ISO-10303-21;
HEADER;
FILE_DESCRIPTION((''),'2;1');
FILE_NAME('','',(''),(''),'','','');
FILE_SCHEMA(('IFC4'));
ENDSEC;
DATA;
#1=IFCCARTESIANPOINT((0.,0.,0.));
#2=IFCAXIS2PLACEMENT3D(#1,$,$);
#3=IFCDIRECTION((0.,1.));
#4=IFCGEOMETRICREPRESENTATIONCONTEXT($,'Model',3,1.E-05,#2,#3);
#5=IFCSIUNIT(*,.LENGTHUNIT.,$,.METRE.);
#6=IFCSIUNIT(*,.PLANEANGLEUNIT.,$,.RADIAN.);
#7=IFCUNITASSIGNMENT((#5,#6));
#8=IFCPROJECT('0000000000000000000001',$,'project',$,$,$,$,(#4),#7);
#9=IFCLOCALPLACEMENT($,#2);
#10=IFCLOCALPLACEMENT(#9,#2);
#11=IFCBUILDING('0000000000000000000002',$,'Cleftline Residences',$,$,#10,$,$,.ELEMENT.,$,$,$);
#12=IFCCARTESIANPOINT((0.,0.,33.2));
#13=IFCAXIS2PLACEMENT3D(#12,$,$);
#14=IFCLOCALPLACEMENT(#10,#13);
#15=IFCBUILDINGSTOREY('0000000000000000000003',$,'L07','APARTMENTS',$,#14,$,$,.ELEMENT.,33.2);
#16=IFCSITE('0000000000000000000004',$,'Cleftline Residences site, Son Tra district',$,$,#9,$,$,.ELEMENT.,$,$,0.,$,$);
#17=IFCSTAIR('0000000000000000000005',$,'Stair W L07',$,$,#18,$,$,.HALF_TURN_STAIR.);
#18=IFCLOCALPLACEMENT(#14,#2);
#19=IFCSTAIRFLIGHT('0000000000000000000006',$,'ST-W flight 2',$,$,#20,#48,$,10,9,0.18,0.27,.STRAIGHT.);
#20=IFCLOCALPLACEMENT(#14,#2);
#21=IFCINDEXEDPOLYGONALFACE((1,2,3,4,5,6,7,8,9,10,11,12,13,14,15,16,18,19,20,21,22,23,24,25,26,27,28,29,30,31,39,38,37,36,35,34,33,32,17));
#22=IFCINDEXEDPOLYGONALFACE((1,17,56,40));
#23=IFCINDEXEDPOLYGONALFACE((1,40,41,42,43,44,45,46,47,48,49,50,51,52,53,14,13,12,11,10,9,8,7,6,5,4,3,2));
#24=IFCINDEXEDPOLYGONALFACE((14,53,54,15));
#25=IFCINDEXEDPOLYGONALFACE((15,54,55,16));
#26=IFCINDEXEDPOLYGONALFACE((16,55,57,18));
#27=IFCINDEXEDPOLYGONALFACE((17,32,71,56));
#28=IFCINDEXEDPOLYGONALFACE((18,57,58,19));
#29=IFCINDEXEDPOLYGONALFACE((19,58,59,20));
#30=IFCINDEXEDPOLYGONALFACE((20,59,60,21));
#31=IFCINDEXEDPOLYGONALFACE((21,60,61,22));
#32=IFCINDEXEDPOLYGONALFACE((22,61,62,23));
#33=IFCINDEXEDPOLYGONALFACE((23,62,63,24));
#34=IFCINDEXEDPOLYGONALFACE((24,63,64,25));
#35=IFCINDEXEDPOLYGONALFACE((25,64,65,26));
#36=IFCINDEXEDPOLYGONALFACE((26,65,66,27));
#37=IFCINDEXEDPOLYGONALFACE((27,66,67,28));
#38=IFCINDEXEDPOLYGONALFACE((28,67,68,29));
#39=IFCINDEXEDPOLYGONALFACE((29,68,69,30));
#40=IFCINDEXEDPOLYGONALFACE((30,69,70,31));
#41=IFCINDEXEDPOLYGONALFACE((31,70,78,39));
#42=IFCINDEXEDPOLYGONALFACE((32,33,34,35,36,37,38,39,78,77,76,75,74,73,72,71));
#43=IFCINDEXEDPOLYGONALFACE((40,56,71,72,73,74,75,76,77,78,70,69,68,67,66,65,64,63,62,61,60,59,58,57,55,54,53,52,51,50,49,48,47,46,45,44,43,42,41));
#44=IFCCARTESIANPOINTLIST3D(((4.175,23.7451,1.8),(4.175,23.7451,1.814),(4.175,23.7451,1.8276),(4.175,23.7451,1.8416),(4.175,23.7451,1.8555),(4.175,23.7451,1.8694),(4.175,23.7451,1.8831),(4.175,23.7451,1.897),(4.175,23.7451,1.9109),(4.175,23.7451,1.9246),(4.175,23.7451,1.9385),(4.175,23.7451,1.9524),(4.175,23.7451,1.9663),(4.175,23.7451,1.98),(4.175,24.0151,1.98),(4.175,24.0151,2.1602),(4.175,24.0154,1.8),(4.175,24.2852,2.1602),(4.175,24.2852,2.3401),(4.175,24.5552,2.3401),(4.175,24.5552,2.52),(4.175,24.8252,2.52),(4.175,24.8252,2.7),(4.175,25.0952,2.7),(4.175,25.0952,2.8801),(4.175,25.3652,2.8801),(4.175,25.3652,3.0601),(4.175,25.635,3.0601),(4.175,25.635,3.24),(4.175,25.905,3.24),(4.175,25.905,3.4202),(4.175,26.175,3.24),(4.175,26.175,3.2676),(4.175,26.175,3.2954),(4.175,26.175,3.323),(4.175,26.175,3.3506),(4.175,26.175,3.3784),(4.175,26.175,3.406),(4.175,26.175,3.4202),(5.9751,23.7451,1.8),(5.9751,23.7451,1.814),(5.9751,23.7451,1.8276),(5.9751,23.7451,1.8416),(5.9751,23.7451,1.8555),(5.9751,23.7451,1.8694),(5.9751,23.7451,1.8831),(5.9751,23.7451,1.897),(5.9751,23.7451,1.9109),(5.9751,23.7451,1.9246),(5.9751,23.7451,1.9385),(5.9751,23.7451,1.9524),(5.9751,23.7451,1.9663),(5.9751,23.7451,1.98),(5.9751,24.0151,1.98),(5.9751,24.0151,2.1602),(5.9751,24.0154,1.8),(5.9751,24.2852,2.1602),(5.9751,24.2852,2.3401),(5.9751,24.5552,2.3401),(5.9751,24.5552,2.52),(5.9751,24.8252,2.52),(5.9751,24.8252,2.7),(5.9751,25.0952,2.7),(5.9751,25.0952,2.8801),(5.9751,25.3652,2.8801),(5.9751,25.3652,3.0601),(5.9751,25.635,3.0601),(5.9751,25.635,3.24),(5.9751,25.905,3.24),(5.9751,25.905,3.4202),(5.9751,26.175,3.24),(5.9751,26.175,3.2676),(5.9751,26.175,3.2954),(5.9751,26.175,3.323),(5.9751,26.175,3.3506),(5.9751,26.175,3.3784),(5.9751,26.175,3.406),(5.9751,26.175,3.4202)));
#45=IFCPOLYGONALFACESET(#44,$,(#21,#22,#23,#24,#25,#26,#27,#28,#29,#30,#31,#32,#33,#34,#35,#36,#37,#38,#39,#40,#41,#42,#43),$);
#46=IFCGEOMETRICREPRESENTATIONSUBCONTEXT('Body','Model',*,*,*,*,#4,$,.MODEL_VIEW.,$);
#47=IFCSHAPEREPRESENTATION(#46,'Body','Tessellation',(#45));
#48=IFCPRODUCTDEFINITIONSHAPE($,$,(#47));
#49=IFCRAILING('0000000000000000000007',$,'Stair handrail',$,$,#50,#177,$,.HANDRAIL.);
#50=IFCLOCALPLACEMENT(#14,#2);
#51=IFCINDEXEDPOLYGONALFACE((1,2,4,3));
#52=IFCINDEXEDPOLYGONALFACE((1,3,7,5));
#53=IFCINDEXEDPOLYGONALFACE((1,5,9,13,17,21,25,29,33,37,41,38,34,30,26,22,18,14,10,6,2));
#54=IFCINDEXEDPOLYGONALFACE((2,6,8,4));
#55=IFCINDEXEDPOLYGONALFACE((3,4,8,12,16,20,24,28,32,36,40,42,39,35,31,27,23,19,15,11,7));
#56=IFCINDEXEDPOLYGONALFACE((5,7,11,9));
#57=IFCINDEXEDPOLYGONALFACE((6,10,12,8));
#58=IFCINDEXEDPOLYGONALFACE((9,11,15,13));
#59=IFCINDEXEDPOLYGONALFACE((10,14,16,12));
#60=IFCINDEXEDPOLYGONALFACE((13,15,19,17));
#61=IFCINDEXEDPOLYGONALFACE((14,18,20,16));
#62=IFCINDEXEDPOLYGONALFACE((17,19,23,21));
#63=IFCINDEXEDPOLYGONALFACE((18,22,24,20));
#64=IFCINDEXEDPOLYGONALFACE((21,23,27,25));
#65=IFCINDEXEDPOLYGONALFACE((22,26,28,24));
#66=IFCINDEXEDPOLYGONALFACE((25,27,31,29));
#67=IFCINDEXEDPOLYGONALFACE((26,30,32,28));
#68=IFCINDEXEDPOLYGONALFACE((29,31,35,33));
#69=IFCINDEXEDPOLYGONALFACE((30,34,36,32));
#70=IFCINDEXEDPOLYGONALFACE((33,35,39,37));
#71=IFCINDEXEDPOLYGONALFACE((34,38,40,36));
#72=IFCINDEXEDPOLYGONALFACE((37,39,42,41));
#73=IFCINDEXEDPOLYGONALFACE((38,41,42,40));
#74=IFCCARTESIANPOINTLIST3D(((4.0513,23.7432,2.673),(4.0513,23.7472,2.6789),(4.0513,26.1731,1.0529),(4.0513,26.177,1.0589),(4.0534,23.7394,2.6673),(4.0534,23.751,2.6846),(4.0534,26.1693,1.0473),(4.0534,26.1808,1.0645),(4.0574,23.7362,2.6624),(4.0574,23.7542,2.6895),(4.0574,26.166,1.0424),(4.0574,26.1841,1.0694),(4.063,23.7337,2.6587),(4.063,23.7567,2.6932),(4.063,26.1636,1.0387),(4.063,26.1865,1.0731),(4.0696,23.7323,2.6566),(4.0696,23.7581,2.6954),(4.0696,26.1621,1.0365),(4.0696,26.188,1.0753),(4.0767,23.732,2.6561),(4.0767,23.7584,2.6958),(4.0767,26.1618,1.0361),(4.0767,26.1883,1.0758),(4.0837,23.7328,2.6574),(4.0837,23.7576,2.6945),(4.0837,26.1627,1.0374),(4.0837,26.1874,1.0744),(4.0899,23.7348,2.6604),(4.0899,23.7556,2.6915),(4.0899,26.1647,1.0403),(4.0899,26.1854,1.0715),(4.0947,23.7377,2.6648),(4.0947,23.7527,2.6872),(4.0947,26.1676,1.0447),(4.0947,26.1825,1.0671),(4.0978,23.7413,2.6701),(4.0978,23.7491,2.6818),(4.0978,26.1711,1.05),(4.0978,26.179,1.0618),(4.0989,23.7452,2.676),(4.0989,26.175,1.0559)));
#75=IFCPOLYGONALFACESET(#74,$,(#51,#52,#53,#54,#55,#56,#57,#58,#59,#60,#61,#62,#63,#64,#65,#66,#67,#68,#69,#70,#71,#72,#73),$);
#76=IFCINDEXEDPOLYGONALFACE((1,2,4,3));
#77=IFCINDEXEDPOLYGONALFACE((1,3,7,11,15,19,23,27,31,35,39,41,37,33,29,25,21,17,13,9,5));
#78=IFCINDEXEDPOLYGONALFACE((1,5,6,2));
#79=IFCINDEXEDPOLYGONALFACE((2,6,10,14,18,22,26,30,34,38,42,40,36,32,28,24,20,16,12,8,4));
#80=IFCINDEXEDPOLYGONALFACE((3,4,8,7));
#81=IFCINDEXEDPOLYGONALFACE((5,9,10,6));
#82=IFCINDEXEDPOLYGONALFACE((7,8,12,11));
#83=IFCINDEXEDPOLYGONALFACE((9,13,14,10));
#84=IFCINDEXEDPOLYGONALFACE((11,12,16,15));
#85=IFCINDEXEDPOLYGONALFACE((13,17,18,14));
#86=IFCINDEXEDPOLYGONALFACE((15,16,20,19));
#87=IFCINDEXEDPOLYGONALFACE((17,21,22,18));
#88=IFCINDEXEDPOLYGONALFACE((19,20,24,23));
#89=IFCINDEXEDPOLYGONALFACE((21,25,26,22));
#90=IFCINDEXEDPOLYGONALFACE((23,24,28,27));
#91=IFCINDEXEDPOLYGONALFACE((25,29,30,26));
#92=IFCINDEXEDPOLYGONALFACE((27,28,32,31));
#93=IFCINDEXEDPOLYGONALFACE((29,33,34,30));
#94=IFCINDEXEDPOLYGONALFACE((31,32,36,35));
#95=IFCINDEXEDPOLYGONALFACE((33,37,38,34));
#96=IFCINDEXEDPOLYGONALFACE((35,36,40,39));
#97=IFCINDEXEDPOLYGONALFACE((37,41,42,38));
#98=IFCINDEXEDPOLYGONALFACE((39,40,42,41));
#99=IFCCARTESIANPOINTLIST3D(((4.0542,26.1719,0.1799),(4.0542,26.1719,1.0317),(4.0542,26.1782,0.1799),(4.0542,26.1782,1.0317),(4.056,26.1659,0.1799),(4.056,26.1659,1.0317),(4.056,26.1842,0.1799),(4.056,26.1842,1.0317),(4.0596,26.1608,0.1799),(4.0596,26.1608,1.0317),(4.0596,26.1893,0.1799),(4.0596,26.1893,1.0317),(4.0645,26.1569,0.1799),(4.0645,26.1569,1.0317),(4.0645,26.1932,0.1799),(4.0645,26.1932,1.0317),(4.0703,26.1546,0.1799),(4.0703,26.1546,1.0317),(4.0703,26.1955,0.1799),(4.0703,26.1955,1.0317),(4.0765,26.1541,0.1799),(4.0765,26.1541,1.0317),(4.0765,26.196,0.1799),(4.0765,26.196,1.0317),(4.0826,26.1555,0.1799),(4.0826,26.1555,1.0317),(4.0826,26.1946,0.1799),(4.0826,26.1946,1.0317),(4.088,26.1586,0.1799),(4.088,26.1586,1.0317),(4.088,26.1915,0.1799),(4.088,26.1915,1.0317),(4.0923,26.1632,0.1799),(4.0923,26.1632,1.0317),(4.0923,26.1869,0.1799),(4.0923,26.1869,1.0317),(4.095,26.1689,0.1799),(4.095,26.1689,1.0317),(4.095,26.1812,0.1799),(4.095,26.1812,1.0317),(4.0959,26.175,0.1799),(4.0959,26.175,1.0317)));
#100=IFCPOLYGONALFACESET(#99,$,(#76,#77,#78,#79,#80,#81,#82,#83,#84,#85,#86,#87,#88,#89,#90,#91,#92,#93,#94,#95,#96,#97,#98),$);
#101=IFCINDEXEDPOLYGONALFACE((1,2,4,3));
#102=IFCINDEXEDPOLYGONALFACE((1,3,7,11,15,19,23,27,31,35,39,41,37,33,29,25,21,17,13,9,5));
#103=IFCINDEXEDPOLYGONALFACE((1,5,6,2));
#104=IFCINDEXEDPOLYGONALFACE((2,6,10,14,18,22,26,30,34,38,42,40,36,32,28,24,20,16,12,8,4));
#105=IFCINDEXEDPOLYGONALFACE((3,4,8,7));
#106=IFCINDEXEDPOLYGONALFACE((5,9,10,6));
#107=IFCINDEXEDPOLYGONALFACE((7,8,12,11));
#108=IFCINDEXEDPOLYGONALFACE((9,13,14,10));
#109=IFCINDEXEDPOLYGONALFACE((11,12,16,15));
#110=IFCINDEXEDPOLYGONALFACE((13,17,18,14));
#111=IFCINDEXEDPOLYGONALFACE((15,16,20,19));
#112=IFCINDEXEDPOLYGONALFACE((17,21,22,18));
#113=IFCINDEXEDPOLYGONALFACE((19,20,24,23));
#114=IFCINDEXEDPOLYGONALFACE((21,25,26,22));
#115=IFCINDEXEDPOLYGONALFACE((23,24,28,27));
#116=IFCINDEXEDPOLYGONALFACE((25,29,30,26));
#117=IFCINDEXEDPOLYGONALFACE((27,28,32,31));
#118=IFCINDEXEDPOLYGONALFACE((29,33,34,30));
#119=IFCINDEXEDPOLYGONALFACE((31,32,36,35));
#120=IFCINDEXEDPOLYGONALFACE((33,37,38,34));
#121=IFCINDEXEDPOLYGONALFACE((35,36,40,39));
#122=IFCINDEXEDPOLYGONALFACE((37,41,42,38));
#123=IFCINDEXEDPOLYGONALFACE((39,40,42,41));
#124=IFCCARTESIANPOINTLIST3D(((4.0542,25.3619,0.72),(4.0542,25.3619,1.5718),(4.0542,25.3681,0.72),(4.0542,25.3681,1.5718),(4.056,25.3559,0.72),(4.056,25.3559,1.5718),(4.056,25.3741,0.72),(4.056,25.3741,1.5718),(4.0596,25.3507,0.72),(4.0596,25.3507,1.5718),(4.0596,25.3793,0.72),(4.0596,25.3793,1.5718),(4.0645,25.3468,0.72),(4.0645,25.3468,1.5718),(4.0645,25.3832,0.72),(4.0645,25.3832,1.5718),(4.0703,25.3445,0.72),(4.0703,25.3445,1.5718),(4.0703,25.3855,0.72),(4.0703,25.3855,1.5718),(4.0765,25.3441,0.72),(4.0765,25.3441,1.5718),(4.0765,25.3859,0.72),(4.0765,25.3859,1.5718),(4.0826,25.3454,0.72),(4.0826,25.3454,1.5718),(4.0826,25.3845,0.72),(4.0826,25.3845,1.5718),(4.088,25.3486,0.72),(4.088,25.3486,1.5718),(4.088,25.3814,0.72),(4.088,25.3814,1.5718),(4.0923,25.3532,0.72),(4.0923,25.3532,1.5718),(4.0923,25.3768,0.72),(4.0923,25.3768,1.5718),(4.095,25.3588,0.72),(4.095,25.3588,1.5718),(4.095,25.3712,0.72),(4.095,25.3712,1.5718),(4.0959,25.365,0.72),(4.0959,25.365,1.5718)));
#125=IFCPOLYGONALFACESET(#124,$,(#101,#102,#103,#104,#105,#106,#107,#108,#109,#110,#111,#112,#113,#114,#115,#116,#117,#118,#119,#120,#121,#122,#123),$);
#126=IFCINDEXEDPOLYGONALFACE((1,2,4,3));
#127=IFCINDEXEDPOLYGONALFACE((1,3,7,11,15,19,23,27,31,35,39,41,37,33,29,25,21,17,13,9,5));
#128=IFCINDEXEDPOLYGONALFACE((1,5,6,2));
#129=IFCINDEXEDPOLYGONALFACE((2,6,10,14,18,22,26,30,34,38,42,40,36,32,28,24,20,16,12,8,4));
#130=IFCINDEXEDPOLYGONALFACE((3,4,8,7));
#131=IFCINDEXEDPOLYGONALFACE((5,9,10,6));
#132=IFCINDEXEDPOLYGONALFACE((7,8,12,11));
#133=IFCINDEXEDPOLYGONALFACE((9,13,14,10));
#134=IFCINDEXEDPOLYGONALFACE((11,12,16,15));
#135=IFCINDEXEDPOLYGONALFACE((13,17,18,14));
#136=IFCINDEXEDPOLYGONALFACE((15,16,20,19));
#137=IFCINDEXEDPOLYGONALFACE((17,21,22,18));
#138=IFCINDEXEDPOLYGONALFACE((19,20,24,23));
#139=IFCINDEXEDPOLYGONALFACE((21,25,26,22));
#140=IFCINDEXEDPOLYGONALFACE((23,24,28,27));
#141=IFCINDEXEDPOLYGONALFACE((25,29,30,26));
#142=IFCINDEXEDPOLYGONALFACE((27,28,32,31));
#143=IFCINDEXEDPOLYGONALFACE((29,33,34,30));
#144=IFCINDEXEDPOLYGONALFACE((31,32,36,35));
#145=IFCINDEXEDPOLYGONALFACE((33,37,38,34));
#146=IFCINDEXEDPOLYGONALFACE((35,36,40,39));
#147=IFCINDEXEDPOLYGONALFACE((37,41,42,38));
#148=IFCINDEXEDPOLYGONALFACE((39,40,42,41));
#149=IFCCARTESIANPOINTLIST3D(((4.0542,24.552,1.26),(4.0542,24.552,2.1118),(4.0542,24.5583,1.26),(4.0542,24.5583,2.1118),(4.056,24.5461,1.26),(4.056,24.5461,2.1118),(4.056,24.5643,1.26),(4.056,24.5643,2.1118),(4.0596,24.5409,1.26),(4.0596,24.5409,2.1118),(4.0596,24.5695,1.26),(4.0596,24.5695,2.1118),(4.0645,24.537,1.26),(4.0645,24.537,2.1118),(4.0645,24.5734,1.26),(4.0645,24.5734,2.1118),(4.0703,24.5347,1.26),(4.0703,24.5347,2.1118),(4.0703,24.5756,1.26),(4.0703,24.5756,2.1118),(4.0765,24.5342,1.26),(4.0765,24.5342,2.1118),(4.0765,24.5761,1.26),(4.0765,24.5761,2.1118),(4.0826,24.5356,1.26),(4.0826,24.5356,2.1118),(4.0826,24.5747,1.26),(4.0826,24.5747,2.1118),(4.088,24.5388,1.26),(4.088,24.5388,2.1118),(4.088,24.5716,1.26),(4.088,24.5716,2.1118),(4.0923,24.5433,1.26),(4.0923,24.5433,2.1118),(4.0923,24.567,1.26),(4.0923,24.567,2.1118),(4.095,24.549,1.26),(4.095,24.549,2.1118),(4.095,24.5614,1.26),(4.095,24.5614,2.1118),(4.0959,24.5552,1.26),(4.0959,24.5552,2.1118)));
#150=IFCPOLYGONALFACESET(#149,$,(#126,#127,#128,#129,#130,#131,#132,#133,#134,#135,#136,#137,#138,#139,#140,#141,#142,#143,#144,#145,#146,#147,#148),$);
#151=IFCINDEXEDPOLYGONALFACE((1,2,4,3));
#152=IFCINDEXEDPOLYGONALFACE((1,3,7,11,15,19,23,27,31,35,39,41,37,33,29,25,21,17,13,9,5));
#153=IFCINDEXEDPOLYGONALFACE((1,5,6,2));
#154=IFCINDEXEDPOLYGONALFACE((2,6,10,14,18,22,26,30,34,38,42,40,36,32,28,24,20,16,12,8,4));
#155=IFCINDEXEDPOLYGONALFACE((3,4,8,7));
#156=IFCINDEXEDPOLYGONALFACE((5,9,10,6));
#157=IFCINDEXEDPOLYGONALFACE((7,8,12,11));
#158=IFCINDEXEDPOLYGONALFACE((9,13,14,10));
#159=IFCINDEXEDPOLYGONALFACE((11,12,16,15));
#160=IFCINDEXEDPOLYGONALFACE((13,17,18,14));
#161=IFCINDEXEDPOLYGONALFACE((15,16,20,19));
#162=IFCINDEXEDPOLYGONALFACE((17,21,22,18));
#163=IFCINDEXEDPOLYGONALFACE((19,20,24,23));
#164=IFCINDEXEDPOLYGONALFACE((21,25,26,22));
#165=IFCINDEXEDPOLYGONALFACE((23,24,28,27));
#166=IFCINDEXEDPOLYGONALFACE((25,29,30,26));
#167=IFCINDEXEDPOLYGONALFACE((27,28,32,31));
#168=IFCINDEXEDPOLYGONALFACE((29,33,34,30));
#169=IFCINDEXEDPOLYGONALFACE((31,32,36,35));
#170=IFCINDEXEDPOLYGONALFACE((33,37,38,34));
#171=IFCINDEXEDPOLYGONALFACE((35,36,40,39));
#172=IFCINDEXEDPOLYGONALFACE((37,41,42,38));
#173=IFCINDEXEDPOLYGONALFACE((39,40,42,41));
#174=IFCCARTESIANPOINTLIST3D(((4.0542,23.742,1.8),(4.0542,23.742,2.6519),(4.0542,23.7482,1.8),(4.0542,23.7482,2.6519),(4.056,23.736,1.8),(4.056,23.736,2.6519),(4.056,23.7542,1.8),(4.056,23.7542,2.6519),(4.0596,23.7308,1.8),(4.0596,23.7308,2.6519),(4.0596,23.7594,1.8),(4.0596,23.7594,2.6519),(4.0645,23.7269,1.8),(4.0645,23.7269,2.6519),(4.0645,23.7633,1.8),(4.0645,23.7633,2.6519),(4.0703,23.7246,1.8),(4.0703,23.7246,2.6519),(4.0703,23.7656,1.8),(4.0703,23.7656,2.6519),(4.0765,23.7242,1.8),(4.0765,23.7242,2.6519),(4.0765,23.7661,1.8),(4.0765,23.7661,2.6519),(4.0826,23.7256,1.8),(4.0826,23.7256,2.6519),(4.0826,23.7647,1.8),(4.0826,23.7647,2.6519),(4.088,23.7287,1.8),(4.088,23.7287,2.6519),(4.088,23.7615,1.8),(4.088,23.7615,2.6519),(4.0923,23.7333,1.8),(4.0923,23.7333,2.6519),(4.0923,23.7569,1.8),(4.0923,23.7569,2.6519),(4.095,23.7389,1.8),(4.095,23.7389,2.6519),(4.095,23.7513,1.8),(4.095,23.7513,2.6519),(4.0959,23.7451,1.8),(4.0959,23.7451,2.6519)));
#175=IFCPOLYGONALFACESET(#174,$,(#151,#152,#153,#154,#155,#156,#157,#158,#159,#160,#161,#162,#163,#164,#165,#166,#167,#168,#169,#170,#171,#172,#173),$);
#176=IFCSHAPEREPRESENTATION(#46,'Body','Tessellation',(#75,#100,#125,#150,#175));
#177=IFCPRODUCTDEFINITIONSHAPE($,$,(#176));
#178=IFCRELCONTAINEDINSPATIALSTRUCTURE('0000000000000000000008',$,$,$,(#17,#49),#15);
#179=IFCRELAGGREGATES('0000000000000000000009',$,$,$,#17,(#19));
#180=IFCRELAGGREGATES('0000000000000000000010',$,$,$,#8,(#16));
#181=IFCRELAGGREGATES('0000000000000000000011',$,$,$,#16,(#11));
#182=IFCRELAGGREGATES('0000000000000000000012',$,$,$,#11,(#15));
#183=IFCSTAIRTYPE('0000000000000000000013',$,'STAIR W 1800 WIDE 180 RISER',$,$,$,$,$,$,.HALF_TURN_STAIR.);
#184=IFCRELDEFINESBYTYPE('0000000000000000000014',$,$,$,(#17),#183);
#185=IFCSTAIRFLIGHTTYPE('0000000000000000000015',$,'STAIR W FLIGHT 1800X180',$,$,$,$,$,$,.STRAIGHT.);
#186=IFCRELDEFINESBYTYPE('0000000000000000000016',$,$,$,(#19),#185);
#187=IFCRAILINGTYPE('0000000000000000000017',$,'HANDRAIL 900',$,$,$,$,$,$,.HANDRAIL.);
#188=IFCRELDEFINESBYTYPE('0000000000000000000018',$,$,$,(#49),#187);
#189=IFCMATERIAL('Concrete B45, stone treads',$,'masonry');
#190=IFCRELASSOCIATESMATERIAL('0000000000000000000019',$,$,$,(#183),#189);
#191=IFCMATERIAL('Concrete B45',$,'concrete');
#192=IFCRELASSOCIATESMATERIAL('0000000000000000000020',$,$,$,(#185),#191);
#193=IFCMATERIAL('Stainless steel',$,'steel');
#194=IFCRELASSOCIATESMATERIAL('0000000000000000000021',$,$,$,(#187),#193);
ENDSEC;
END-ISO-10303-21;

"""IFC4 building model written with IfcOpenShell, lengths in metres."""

from ifc_helpers import new_model, si_unit, direction, frame, origin, origin_2d, place, context, subcontext, project, spatial, polyline, circle, outline, extrude, material, type_object, element, aggregate, save


model = new_model("IFC4")

# Units and contexts
model_context = context("Model", 3, precision=1e-05, world=origin(), true_north=direction((0.0, 1.0)))
body_context = subcontext(model_context, "Body", "Model", "MODEL_VIEW")
ifc_project = project(units=[si_unit("LENGTHUNIT", "METRE"), si_unit("PLANEANGLEUNIT", "RADIAN")], contexts=[model_context])

# Site, building, storey
site_placement = place(None, origin())
site = spatial("IfcSite", under=ifc_project, at=site_placement, Name="Cleftline Residences site, Son Tra district", CompositionType="ELEMENT", RefElevation=0.0)
building_placement = place(site_placement, origin())
building = spatial("IfcBuilding", under=site, at=building_placement, Name="Cleftline Residences", CompositionType="ELEMENT")
storey_placement = place(building_placement, frame((0.0, 0.0, 33.2)))
storey = spatial("IfcBuildingStorey", under=building, at=storey_placement, Name="L07", Description="APARTMENTS", CompositionType="ELEMENT", Elevation=33.2)

# Stair, stair flight
ifc_material_1 = material(Name="Concrete B45, stone treads", Category="masonry")
stair_type = type_object("IfcStairType", Name="STAIR W 1800 WIDE 180 RISER", PredefinedType="HALF_TURN_STAIR", material=ifc_material_1)
stair_placement = place(storey_placement, origin())
stair = element("IfcStair", 1, at=stair_placement, inside=storey, type_object=stair_type, Name="Stair W L07", PredefinedType="HALF_TURN_STAIR")
ifc_material_2 = material(Name="Concrete B45", Category="concrete")
stair_flight_type = type_object("IfcStairFlightType", Name="STAIR W FLIGHT 1800X180", PredefinedType="STRAIGHT", material=ifc_material_2)
stair_flight_1_placement = place(storey_placement, frame((5.075, 23.7451, 1.8), z_axis=(0.0, 0.0, 1.0), x_axis=(0.0, 1.0, 0.0)))
stair_flight_1 = element("IfcStairFlight", 2, at=stair_flight_1_placement, type_object=stair_flight_type, Name="ST-W flight 2", NumberOfRisers=10, NumberOfTreads=9, PredefinedType="STRAIGHT", RiserHeight=0.18, TreadLength=0.27, context=body_context, shape_type="SweptSolid", body=[
    extrude(outline(polyline([(0.0, 0.0), (0.0, 0.0139), (0.0, 0.0276), (0.0, 0.0415), (0.0, 0.0554), (0.0, 0.0693), (0.0, 0.083), (0.0, 0.0969), (0.0, 0.1108), (0.0, 0.1245), (0.0, 0.1384), (0.0, 0.1523), (0.0, 0.1663), (0.0, 0.1799), (0.27, 0.1799), (0.27, 0.3601), (0.54, 0.3601), (0.54, 0.54), (0.8101, 0.54), (0.8101, 0.72), (1.0801, 0.72), (1.0801, 0.8999), (1.3501, 0.8999), (1.3501, 1.0801), (1.6201, 1.0801), (1.6201, 1.26), (1.8899, 1.26), (1.8899, 1.4399), (2.1599, 1.4399), (2.1599, 1.6201), (2.4299, 1.6201), (2.4299, 1.8), (2.4299, 1.7722), (2.4299, 1.7446), (2.4299, 1.7168), (2.4299, 1.6892), (2.4299, 1.6614), (2.4299, 1.6338), (2.4299, 1.606), (2.4299, 1.5784), (2.4299, 1.5505), (2.4299, 1.5229), (2.4299, 1.4954), (2.4299, 1.4675), (2.4299, 1.4399), (0.2703, 0.0), (0.0, 0.0)])), frame((0.0, 0.8999, 0.0), z_axis=(0.0, -1.0, 0.0), x_axis=(1.0, 0.0, 0.0)), (0.0, 0.0, 1.0), 1.8),
])
aggregate(stair, [stair_flight_1])

# Railing
ifc_material_3 = material(Name="Stainless steel", Category="steel")
railing_type = type_object("IfcRailingType", Name="HANDRAIL 900", PredefinedType="HANDRAIL", material=ifc_material_3)
railing_1_placement = place(storey_placement, frame((4.075, 26.175, 0.1799)))
element("IfcRailing", 3, at=railing_1_placement, inside=storey, type_object=railing_type, Name="Stair handrail", PredefinedType="HANDRAIL", context=body_context, shape_type="SweptSolid", body=[
    extrude(circle(Radius=0.0239, at=origin_2d()), frame((0.0, 0.0, 0.876), z_axis=(0.0, -0.832025, 0.554739), x_axis=(1.0, 0.0, 0.0)), (0.0, 0.0, 1.0), 2.9204),
    extrude(circle(Radius=0.021, at=origin_2d()), origin(), (0.0, 0.0, 1.0), 0.8518),
    extrude(circle(Radius=0.021, at=origin_2d()), frame((0.0, -0.8101, 0.54)), (0.0, 0.0, 1.0), 0.8518),
    extrude(circle(Radius=0.021, at=origin_2d()), frame((0.0, -1.6199, 1.0801)), (0.0, 0.0, 1.0), 0.8518),
    extrude(circle(Radius=0.021, at=origin_2d()), frame((0.0, -2.4299, 1.6201)), (0.0, 0.0, 1.0), 0.8518),
])

save(model, "model.ifc")
